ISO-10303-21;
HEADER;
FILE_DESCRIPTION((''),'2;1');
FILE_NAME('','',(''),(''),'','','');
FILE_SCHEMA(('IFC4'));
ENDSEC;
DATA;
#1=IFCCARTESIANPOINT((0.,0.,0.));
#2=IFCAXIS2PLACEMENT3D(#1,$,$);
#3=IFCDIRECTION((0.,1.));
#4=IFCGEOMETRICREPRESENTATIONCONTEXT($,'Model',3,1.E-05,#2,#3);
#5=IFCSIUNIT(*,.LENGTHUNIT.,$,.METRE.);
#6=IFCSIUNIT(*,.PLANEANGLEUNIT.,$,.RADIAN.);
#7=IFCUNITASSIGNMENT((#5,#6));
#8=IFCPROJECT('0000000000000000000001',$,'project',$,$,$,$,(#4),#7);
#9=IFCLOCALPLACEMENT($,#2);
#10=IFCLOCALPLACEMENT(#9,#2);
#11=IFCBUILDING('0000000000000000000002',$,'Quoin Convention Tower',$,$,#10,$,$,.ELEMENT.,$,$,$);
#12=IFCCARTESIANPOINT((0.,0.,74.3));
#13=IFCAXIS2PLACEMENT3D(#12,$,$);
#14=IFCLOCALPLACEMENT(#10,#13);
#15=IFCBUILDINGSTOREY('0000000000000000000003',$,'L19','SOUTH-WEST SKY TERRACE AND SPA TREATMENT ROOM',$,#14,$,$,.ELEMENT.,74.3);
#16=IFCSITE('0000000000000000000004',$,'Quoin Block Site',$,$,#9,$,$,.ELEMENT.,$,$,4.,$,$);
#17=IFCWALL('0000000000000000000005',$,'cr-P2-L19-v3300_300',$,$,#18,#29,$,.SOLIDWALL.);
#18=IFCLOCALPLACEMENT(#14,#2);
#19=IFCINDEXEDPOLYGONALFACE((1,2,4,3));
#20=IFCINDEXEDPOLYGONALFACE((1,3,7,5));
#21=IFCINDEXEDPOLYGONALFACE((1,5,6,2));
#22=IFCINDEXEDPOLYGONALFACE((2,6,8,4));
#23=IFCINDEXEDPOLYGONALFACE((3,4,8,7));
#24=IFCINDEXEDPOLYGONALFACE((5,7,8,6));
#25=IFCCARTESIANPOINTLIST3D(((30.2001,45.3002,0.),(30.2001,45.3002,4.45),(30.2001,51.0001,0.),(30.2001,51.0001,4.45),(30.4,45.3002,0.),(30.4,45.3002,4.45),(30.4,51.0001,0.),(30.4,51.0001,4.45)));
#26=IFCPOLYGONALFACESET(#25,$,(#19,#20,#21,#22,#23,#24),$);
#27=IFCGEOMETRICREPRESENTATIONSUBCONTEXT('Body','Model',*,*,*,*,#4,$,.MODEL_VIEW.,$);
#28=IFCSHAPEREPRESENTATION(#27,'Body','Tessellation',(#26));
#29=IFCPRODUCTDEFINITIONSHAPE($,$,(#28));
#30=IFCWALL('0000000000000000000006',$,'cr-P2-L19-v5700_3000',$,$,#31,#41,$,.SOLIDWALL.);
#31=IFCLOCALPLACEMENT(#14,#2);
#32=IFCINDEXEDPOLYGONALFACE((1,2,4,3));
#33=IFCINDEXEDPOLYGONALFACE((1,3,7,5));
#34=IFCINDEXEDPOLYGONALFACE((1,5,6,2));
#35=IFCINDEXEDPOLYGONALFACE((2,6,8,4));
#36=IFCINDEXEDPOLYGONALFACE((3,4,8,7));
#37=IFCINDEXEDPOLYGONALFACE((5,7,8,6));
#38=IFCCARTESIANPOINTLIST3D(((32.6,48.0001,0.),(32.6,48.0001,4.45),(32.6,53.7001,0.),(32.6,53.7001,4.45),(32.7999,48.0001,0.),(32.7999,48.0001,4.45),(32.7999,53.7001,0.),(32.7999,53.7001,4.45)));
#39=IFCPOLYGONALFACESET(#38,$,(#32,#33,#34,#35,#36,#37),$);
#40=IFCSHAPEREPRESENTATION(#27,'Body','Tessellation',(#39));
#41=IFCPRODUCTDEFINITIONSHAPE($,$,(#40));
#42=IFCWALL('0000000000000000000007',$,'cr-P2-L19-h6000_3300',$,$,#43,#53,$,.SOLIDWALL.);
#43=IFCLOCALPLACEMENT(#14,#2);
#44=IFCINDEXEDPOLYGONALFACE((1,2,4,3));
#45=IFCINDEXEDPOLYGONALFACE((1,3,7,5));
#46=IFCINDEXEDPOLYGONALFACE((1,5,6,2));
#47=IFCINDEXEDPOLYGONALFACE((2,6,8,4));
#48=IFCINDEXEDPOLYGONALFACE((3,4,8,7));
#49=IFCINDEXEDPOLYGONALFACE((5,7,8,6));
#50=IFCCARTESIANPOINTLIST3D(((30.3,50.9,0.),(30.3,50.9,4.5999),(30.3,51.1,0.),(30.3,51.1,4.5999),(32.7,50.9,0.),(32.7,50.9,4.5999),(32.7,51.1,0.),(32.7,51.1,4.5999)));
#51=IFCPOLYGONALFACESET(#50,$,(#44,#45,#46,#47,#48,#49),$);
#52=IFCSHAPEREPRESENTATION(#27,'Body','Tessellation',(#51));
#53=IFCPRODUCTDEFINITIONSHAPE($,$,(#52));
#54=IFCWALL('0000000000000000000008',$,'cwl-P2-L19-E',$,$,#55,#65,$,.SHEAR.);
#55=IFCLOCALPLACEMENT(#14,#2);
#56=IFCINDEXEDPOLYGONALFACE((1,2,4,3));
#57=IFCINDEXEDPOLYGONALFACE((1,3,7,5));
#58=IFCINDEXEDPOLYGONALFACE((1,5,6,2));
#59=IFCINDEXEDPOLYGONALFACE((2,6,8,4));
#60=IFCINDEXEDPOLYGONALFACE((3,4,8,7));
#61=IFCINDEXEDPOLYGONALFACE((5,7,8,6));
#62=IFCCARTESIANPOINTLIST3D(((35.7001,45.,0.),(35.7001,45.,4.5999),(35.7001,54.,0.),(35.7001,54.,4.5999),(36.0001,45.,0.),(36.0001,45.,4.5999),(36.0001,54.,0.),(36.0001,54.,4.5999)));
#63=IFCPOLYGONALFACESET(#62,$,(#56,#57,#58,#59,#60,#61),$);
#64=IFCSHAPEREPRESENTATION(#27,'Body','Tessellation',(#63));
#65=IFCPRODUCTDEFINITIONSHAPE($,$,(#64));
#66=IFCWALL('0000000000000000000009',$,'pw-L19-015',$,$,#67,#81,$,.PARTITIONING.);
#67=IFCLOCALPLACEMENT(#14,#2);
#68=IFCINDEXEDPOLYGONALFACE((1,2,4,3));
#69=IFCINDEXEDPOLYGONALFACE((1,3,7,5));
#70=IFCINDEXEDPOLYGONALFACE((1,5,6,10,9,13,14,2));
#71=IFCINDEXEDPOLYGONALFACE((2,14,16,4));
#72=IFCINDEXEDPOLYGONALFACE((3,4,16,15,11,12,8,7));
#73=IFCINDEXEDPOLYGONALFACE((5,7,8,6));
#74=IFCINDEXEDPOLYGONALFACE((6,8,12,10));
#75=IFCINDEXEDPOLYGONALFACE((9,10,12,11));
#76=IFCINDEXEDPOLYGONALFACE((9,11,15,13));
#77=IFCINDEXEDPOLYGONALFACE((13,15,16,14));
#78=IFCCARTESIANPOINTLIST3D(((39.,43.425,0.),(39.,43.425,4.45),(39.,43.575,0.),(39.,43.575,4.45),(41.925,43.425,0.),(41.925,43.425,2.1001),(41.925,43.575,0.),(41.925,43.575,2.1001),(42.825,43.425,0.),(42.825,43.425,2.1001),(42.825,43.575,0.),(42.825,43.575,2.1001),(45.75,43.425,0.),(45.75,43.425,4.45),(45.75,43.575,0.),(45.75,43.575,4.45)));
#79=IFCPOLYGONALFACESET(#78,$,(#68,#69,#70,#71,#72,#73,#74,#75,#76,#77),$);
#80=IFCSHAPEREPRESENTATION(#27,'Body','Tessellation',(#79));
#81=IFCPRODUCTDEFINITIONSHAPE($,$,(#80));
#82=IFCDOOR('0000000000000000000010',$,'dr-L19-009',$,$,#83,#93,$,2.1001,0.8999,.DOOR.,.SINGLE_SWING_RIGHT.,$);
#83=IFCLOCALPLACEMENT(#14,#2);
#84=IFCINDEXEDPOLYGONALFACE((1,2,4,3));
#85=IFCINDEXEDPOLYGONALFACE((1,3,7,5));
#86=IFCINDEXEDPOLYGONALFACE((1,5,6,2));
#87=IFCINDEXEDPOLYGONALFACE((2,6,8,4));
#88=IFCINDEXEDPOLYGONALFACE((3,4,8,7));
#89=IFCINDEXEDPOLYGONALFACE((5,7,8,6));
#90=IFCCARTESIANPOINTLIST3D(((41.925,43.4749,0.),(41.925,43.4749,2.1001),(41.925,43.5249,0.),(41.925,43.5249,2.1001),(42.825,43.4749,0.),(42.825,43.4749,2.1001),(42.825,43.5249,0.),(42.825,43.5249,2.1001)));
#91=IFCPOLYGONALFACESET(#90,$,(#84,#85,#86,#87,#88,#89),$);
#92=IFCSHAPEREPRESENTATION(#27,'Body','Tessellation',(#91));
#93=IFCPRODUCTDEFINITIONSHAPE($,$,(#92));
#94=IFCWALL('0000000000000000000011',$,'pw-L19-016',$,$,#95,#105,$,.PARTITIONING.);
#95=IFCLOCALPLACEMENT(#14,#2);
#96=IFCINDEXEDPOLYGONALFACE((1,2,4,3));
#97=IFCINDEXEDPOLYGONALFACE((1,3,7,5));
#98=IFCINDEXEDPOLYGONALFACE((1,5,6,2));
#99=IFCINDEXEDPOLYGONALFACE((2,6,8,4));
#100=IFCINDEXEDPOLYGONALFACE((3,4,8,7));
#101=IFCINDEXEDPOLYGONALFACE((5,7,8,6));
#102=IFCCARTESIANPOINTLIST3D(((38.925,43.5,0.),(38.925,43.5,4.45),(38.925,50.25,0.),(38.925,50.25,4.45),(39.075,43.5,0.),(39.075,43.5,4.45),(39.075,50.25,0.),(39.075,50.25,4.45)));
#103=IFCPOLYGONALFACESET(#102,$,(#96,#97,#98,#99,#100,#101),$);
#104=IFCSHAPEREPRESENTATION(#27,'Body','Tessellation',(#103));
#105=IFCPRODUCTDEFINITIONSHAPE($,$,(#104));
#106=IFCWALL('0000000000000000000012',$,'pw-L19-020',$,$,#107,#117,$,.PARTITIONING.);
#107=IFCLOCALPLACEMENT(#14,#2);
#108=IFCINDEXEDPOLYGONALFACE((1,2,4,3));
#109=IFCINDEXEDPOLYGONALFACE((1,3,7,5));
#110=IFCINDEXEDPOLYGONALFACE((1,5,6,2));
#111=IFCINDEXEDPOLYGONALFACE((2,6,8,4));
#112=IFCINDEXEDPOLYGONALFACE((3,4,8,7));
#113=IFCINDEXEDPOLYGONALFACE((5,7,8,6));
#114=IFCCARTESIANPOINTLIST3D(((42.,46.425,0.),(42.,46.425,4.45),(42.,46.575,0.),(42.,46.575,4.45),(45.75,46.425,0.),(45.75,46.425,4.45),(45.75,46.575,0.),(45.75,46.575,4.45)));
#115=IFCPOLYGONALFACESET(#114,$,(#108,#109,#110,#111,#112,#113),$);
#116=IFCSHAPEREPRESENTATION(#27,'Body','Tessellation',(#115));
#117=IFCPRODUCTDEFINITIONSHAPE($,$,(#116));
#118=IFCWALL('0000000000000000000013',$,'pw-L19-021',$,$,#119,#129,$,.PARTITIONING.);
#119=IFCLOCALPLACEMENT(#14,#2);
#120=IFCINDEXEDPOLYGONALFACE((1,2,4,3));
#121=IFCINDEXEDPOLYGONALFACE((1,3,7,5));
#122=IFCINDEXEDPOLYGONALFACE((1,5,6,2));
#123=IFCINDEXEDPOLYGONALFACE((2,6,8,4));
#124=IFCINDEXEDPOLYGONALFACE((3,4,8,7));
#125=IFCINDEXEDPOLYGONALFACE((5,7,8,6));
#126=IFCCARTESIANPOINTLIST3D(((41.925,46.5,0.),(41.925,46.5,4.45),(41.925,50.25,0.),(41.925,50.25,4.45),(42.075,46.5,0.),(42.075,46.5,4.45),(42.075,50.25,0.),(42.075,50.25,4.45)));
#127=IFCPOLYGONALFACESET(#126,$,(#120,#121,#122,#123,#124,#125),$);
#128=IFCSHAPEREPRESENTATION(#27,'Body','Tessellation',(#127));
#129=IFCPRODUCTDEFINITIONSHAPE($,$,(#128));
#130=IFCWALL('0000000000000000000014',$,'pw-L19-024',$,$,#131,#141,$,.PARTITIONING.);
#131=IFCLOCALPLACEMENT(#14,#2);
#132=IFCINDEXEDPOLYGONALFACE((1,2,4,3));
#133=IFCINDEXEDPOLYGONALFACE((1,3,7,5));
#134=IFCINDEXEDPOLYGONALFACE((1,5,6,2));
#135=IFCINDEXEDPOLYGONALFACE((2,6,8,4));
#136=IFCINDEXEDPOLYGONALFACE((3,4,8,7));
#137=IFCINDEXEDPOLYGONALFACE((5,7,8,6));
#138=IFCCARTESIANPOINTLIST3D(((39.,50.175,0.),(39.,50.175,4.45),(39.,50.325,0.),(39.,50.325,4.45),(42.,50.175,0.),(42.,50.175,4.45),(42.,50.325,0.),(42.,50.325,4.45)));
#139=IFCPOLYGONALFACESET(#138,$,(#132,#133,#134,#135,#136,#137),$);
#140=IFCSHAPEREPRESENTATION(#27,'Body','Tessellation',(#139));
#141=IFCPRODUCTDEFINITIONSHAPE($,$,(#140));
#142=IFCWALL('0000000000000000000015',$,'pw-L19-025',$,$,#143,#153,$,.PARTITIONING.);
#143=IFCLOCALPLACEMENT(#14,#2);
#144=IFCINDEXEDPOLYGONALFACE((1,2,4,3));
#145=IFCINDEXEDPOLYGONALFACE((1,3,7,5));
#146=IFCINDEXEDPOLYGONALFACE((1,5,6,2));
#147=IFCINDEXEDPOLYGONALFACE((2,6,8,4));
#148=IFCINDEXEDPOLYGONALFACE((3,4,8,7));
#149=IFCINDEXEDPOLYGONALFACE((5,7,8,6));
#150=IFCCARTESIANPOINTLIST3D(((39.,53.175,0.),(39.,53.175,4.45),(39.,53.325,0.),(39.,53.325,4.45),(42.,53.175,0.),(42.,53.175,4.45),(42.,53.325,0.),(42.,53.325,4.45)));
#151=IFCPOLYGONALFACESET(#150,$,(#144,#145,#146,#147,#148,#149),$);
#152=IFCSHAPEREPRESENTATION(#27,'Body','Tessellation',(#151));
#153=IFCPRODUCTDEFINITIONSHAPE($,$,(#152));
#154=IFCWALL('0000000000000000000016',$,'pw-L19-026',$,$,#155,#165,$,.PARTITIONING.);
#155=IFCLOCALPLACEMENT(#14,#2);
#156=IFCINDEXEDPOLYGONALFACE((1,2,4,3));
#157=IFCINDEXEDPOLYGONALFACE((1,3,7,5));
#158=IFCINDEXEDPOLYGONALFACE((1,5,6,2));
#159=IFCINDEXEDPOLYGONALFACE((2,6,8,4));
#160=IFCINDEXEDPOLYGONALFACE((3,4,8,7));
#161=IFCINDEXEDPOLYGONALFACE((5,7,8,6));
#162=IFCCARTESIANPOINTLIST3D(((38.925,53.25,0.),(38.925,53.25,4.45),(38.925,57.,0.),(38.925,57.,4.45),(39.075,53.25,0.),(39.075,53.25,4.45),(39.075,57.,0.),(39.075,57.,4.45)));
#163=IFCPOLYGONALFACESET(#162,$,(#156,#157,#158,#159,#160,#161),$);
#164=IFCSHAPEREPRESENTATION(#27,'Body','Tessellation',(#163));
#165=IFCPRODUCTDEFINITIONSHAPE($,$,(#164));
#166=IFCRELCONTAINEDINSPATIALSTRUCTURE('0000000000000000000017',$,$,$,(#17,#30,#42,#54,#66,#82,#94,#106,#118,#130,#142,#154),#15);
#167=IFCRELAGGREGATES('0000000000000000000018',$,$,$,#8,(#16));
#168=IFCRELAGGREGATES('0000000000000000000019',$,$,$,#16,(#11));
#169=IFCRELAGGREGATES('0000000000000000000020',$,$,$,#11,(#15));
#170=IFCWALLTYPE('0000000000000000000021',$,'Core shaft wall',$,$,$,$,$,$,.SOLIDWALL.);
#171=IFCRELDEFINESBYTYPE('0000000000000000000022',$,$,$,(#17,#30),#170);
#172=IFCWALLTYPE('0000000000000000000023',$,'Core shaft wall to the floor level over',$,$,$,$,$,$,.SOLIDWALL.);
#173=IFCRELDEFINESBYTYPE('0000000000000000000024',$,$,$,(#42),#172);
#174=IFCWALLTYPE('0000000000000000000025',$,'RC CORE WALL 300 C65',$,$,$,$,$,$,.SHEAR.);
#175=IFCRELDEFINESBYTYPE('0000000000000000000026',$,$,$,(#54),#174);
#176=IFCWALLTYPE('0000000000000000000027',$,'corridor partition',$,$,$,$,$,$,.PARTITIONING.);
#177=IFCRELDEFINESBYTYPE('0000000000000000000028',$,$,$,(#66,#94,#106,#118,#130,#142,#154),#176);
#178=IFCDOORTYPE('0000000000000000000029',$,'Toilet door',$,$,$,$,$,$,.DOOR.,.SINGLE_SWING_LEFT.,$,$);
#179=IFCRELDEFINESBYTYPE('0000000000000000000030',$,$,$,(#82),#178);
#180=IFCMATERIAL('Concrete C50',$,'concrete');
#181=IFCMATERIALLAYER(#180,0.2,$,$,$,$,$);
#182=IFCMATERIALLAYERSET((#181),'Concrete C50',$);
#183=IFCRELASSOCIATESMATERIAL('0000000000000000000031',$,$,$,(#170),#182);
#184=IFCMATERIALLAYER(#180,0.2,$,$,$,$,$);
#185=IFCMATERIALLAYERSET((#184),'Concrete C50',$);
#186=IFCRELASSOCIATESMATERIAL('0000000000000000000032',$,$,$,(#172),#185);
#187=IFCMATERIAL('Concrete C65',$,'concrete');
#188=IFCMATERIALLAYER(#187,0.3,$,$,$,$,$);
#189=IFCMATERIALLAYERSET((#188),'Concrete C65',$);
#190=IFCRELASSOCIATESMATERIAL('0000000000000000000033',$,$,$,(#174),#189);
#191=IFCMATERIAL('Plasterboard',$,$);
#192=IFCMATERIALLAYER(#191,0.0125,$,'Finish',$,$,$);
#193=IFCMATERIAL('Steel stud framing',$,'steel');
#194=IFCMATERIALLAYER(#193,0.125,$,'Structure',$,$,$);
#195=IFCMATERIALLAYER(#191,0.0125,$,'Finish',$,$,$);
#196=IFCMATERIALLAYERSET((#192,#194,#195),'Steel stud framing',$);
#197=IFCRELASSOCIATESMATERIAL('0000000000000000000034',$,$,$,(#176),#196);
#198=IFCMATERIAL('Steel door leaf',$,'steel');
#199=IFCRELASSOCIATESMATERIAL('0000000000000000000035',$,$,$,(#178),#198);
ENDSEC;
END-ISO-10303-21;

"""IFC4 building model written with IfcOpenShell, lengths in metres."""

from ifc_helpers import new_model, si_unit, direction, frame, frame_2d, origin, place, context, subcontext, project, spatial, rectangle, extrude, material, layer, layer_set, type_object, element, fill, save


model = new_model("IFC4")

# Units and contexts
model_context = context("Model", 3, precision=1e-05, world=origin(), true_north=direction((0.0, 1.0)))
body_context = subcontext(model_context, "Body", "Model", "MODEL_VIEW")
ifc_project = project(units=[si_unit("LENGTHUNIT", "METRE"), si_unit("PLANEANGLEUNIT", "RADIAN")], contexts=[model_context])

# Site, building, storey
site_placement = place(None, origin())
site = spatial("IfcSite", under=ifc_project, at=site_placement, Name="Quoin Block Site", CompositionType="ELEMENT", RefElevation=4.0)
building_placement = place(site_placement, origin())
building = spatial("IfcBuilding", under=site, at=building_placement, Name="Quoin Convention Tower", CompositionType="ELEMENT")
storey_placement = place(building_placement, frame((0.0, 0.0, 74.3)))
storey = spatial("IfcBuildingStorey", under=building, at=storey_placement, Name="L19", Description="SOUTH-WEST SKY TERRACE AND SPA TREATMENT ROOM", CompositionType="ELEMENT", Elevation=74.3)

# Shared definitions
ifc_material_1 = material(Name="Concrete C65", Category="concrete")

# Walls
ifc_material_2 = material(Name="Concrete C50", Category="concrete")
ifc_layer_1 = layer(ifc_material_2, 0.2)
ifc_layer_set_1 = layer_set([ifc_layer_1], Name="Concrete C50")
wall_type_1 = type_object("IfcWallType", Name="Core shaft wall", PredefinedType="SOLIDWALL", material=ifc_layer_set_1)
for number, where, z_axis, x_axis, name in (
    (1, (30.3, 45.3, 0.0), (0.0, 0.0, 1.0), (0.0, 1.0, 0.0), "cr-P2-L19-v3300_300"),
    (2, (32.7, 48.0, 0.0), (0.0, 0.0, 1.0), (0.0, 1.0, 0.0), "cr-P2-L19-v5700_3000"),
):
    element("IfcWall", number, at=place(storey_placement, frame(where, z_axis=z_axis, x_axis=x_axis)), inside=storey, type_object=wall_type_1, Name=name, PredefinedType="SOLIDWALL", context=body_context, shape_type="SweptSolid", body=[
        extrude(rectangle(XDim=5.7, YDim=0.2, at=frame_2d((2.8501, 0.0))), origin(), (0.0, 0.0, 1.0), 4.45),
    ])
ifc_layer_2 = layer(ifc_material_2, 0.2)
ifc_layer_set_2 = layer_set([ifc_layer_2], Name="Concrete C50")
wall_type_2 = type_object("IfcWallType", Name="Core shaft wall to the floor level over", PredefinedType="SOLIDWALL", material=ifc_layer_set_2)
wall_1_placement = place(storey_placement, frame((30.3, 51.0, 0.0), z_axis=(0.0, 0.0, 1.0), x_axis=(1.0, 0.0, 0.0)))
element("IfcWall", 3, at=wall_1_placement, inside=storey, type_object=wall_type_2, Name="cr-P2-L19-h6000_3300", PredefinedType="SOLIDWALL", context=body_context, shape_type="SweptSolid", body=[
    extrude(rectangle(XDim=2.3999, YDim=0.2, at=frame_2d((1.2, 0.0))), origin(), (0.0, 0.0, 1.0), 4.5999),
])
ifc_layer_3 = layer(ifc_material_1, 0.3)
ifc_layer_set_3 = layer_set([ifc_layer_3], Name="Concrete C65")
wall_type_3 = type_object("IfcWallType", Name="RC CORE WALL 300 C65", PredefinedType="SHEAR", material=ifc_layer_set_3)
wall_2_placement = place(storey_placement, frame((35.8501, 45.0, 0.0), z_axis=(0.0, 0.0, 1.0), x_axis=(0.0, 1.0, 0.0)))
element("IfcWall", 4, at=wall_2_placement, inside=storey, type_object=wall_type_3, Name="cwl-P2-L19-E", PredefinedType="SHEAR", context=body_context, shape_type="SweptSolid", body=[
    extrude(rectangle(XDim=9.0, YDim=0.3, at=frame_2d((4.5, 0.0))), origin(), (0.0, 0.0, 1.0), 4.5999),
])

# Wall, opening, door
ifc_material_3 = material(Name="Plasterboard")
ifc_layer_4 = layer(ifc_material_3, 0.0125, Name="Finish")
ifc_material_4 = material(Name="Steel stud framing", Category="steel")
ifc_layer_5 = layer(ifc_material_4, 0.125, Name="Structure")
ifc_layer_6 = layer(ifc_material_3, 0.0125, Name="Finish")
ifc_layer_set_4 = layer_set([ifc_layer_4, ifc_layer_5, ifc_layer_6], Name="Steel stud framing")
wall_type_4 = type_object("IfcWallType", Name="corridor partition", PredefinedType="PARTITIONING", material=ifc_layer_set_4)
wall_3_placement = place(storey_placement, frame((39.0, 43.5, 0.0), z_axis=(0.0, 0.0, 1.0), x_axis=(1.0, 0.0, 0.0)))
wall_3 = element("IfcWall", 5, at=wall_3_placement, inside=storey, type_object=wall_type_4, Name="pw-L19-015", PredefinedType="PARTITIONING", context=body_context, shape_type="SweptSolid", body=[
    extrude(rectangle(XDim=6.75, YDim=0.1499, at=frame_2d((3.375, 0.0))), origin(), (0.0, 0.0, 1.0), 4.45),
])
opening_placement = place(wall_3_placement, frame((2.925, 0.0, 0.0)))
opening = element("IfcOpeningElement", 6, at=opening_placement, cuts=wall_3, PredefinedType="OPENING", context=body_context, shape_type="SweptSolid", body=[
    extrude(rectangle(XDim=0.8999, YDim=2.1001, at=frame_2d((0.45, 1.05))), frame((0.0, 0.085, 0.0), z_axis=(0.0, -1.0, 0.0), x_axis=(1.0, 0.0, 0.0)), (0.0, 0.0, 1.0), 0.1699),
])
ifc_material_5 = material(Name="Steel door leaf", Category="steel")
door_type = type_object("IfcDoorType", Name="Toilet door", OperationType="SINGLE_SWING_LEFT", PredefinedType="DOOR", material=ifc_material_5)
door_placement = place(opening_placement, origin())
door = element("IfcDoor", 7, at=door_placement, inside=storey, type_object=door_type, Name="dr-L19-009", OperationType="SINGLE_SWING_RIGHT", OverallHeight=2.1001, OverallWidth=0.8999, PredefinedType="DOOR", context=body_context, shape_type="SweptSolid", body=[
    extrude(rectangle(XDim=0.8999, YDim=2.1001, at=frame_2d((0.45, 1.05))), frame((0.0, 0.0249, 0.0), z_axis=(0.0, -1.0, 0.0), x_axis=(1.0, 0.0, 0.0)), (0.0, 0.0, 1.0), 0.05),
])
fill(opening, door)

# Walls
wall_4_placement = place(storey_placement, frame((39.0, 43.5, 0.0), z_axis=(0.0, 0.0, 1.0), x_axis=(0.0, 1.0, 0.0)))
element("IfcWall", 8, at=wall_4_placement, inside=storey, type_object=wall_type_4, Name="pw-L19-016", PredefinedType="PARTITIONING", context=body_context, shape_type="SweptSolid", body=[
    extrude(rectangle(XDim=6.75, YDim=0.1499, at=frame_2d((3.375, 0.0))), origin(), (0.0, 0.0, 1.0), 4.45),
])
for number, where, z_axis, x_axis, name in (
    (9, (42.0, 46.5, 0.0), (0.0, 0.0, 1.0), (1.0, 0.0, 0.0), "pw-L19-020"),
    (10, (42.0, 46.5, 0.0), (0.0, 0.0, 1.0), (0.0, 1.0, 0.0), "pw-L19-021"),
):
    element("IfcWall", number, at=place(storey_placement, frame(where, z_axis=z_axis, x_axis=x_axis)), inside=storey, type_object=wall_type_4, Name=name, PredefinedType="PARTITIONING", context=body_context, shape_type="SweptSolid", body=[
        extrude(rectangle(XDim=3.75, YDim=0.1499, at=frame_2d((1.875, 0.0))), origin(), (0.0, 0.0, 1.0), 4.45),
    ])
for number, where, z_axis, x_axis, name in (
    (11, (39.0, 50.25, 0.0), (0.0, 0.0, 1.0), (1.0, 0.0, 0.0), "pw-L19-024"),
    (12, (39.0, 53.25, 0.0), (0.0, 0.0, 1.0), (1.0, 0.0, 0.0), "pw-L19-025"),
):
    element("IfcWall", number, at=place(storey_placement, frame(where, z_axis=z_axis, x_axis=x_axis)), inside=storey, type_object=wall_type_4, Name=name, PredefinedType="PARTITIONING", context=body_context, shape_type="SweptSolid", body=[
        extrude(rectangle(XDim=3.0, YDim=0.1499, at=frame_2d((1.5, 0.0))), origin(), (0.0, 0.0, 1.0), 4.45),
    ])
wall_5_placement = place(storey_placement, frame((39.0, 53.25, 0.0), z_axis=(0.0, 0.0, 1.0), x_axis=(0.0, 1.0, 0.0)))
element("IfcWall", 13, at=wall_5_placement, inside=storey, type_object=wall_type_4, Name="pw-L19-026", PredefinedType="PARTITIONING", context=body_context, shape_type="SweptSolid", body=[
    extrude(rectangle(XDim=3.75, YDim=0.1499, at=frame_2d((1.875, 0.0))), origin(), (0.0, 0.0, 1.0), 4.45),
])

save(model, "model.ifc")
